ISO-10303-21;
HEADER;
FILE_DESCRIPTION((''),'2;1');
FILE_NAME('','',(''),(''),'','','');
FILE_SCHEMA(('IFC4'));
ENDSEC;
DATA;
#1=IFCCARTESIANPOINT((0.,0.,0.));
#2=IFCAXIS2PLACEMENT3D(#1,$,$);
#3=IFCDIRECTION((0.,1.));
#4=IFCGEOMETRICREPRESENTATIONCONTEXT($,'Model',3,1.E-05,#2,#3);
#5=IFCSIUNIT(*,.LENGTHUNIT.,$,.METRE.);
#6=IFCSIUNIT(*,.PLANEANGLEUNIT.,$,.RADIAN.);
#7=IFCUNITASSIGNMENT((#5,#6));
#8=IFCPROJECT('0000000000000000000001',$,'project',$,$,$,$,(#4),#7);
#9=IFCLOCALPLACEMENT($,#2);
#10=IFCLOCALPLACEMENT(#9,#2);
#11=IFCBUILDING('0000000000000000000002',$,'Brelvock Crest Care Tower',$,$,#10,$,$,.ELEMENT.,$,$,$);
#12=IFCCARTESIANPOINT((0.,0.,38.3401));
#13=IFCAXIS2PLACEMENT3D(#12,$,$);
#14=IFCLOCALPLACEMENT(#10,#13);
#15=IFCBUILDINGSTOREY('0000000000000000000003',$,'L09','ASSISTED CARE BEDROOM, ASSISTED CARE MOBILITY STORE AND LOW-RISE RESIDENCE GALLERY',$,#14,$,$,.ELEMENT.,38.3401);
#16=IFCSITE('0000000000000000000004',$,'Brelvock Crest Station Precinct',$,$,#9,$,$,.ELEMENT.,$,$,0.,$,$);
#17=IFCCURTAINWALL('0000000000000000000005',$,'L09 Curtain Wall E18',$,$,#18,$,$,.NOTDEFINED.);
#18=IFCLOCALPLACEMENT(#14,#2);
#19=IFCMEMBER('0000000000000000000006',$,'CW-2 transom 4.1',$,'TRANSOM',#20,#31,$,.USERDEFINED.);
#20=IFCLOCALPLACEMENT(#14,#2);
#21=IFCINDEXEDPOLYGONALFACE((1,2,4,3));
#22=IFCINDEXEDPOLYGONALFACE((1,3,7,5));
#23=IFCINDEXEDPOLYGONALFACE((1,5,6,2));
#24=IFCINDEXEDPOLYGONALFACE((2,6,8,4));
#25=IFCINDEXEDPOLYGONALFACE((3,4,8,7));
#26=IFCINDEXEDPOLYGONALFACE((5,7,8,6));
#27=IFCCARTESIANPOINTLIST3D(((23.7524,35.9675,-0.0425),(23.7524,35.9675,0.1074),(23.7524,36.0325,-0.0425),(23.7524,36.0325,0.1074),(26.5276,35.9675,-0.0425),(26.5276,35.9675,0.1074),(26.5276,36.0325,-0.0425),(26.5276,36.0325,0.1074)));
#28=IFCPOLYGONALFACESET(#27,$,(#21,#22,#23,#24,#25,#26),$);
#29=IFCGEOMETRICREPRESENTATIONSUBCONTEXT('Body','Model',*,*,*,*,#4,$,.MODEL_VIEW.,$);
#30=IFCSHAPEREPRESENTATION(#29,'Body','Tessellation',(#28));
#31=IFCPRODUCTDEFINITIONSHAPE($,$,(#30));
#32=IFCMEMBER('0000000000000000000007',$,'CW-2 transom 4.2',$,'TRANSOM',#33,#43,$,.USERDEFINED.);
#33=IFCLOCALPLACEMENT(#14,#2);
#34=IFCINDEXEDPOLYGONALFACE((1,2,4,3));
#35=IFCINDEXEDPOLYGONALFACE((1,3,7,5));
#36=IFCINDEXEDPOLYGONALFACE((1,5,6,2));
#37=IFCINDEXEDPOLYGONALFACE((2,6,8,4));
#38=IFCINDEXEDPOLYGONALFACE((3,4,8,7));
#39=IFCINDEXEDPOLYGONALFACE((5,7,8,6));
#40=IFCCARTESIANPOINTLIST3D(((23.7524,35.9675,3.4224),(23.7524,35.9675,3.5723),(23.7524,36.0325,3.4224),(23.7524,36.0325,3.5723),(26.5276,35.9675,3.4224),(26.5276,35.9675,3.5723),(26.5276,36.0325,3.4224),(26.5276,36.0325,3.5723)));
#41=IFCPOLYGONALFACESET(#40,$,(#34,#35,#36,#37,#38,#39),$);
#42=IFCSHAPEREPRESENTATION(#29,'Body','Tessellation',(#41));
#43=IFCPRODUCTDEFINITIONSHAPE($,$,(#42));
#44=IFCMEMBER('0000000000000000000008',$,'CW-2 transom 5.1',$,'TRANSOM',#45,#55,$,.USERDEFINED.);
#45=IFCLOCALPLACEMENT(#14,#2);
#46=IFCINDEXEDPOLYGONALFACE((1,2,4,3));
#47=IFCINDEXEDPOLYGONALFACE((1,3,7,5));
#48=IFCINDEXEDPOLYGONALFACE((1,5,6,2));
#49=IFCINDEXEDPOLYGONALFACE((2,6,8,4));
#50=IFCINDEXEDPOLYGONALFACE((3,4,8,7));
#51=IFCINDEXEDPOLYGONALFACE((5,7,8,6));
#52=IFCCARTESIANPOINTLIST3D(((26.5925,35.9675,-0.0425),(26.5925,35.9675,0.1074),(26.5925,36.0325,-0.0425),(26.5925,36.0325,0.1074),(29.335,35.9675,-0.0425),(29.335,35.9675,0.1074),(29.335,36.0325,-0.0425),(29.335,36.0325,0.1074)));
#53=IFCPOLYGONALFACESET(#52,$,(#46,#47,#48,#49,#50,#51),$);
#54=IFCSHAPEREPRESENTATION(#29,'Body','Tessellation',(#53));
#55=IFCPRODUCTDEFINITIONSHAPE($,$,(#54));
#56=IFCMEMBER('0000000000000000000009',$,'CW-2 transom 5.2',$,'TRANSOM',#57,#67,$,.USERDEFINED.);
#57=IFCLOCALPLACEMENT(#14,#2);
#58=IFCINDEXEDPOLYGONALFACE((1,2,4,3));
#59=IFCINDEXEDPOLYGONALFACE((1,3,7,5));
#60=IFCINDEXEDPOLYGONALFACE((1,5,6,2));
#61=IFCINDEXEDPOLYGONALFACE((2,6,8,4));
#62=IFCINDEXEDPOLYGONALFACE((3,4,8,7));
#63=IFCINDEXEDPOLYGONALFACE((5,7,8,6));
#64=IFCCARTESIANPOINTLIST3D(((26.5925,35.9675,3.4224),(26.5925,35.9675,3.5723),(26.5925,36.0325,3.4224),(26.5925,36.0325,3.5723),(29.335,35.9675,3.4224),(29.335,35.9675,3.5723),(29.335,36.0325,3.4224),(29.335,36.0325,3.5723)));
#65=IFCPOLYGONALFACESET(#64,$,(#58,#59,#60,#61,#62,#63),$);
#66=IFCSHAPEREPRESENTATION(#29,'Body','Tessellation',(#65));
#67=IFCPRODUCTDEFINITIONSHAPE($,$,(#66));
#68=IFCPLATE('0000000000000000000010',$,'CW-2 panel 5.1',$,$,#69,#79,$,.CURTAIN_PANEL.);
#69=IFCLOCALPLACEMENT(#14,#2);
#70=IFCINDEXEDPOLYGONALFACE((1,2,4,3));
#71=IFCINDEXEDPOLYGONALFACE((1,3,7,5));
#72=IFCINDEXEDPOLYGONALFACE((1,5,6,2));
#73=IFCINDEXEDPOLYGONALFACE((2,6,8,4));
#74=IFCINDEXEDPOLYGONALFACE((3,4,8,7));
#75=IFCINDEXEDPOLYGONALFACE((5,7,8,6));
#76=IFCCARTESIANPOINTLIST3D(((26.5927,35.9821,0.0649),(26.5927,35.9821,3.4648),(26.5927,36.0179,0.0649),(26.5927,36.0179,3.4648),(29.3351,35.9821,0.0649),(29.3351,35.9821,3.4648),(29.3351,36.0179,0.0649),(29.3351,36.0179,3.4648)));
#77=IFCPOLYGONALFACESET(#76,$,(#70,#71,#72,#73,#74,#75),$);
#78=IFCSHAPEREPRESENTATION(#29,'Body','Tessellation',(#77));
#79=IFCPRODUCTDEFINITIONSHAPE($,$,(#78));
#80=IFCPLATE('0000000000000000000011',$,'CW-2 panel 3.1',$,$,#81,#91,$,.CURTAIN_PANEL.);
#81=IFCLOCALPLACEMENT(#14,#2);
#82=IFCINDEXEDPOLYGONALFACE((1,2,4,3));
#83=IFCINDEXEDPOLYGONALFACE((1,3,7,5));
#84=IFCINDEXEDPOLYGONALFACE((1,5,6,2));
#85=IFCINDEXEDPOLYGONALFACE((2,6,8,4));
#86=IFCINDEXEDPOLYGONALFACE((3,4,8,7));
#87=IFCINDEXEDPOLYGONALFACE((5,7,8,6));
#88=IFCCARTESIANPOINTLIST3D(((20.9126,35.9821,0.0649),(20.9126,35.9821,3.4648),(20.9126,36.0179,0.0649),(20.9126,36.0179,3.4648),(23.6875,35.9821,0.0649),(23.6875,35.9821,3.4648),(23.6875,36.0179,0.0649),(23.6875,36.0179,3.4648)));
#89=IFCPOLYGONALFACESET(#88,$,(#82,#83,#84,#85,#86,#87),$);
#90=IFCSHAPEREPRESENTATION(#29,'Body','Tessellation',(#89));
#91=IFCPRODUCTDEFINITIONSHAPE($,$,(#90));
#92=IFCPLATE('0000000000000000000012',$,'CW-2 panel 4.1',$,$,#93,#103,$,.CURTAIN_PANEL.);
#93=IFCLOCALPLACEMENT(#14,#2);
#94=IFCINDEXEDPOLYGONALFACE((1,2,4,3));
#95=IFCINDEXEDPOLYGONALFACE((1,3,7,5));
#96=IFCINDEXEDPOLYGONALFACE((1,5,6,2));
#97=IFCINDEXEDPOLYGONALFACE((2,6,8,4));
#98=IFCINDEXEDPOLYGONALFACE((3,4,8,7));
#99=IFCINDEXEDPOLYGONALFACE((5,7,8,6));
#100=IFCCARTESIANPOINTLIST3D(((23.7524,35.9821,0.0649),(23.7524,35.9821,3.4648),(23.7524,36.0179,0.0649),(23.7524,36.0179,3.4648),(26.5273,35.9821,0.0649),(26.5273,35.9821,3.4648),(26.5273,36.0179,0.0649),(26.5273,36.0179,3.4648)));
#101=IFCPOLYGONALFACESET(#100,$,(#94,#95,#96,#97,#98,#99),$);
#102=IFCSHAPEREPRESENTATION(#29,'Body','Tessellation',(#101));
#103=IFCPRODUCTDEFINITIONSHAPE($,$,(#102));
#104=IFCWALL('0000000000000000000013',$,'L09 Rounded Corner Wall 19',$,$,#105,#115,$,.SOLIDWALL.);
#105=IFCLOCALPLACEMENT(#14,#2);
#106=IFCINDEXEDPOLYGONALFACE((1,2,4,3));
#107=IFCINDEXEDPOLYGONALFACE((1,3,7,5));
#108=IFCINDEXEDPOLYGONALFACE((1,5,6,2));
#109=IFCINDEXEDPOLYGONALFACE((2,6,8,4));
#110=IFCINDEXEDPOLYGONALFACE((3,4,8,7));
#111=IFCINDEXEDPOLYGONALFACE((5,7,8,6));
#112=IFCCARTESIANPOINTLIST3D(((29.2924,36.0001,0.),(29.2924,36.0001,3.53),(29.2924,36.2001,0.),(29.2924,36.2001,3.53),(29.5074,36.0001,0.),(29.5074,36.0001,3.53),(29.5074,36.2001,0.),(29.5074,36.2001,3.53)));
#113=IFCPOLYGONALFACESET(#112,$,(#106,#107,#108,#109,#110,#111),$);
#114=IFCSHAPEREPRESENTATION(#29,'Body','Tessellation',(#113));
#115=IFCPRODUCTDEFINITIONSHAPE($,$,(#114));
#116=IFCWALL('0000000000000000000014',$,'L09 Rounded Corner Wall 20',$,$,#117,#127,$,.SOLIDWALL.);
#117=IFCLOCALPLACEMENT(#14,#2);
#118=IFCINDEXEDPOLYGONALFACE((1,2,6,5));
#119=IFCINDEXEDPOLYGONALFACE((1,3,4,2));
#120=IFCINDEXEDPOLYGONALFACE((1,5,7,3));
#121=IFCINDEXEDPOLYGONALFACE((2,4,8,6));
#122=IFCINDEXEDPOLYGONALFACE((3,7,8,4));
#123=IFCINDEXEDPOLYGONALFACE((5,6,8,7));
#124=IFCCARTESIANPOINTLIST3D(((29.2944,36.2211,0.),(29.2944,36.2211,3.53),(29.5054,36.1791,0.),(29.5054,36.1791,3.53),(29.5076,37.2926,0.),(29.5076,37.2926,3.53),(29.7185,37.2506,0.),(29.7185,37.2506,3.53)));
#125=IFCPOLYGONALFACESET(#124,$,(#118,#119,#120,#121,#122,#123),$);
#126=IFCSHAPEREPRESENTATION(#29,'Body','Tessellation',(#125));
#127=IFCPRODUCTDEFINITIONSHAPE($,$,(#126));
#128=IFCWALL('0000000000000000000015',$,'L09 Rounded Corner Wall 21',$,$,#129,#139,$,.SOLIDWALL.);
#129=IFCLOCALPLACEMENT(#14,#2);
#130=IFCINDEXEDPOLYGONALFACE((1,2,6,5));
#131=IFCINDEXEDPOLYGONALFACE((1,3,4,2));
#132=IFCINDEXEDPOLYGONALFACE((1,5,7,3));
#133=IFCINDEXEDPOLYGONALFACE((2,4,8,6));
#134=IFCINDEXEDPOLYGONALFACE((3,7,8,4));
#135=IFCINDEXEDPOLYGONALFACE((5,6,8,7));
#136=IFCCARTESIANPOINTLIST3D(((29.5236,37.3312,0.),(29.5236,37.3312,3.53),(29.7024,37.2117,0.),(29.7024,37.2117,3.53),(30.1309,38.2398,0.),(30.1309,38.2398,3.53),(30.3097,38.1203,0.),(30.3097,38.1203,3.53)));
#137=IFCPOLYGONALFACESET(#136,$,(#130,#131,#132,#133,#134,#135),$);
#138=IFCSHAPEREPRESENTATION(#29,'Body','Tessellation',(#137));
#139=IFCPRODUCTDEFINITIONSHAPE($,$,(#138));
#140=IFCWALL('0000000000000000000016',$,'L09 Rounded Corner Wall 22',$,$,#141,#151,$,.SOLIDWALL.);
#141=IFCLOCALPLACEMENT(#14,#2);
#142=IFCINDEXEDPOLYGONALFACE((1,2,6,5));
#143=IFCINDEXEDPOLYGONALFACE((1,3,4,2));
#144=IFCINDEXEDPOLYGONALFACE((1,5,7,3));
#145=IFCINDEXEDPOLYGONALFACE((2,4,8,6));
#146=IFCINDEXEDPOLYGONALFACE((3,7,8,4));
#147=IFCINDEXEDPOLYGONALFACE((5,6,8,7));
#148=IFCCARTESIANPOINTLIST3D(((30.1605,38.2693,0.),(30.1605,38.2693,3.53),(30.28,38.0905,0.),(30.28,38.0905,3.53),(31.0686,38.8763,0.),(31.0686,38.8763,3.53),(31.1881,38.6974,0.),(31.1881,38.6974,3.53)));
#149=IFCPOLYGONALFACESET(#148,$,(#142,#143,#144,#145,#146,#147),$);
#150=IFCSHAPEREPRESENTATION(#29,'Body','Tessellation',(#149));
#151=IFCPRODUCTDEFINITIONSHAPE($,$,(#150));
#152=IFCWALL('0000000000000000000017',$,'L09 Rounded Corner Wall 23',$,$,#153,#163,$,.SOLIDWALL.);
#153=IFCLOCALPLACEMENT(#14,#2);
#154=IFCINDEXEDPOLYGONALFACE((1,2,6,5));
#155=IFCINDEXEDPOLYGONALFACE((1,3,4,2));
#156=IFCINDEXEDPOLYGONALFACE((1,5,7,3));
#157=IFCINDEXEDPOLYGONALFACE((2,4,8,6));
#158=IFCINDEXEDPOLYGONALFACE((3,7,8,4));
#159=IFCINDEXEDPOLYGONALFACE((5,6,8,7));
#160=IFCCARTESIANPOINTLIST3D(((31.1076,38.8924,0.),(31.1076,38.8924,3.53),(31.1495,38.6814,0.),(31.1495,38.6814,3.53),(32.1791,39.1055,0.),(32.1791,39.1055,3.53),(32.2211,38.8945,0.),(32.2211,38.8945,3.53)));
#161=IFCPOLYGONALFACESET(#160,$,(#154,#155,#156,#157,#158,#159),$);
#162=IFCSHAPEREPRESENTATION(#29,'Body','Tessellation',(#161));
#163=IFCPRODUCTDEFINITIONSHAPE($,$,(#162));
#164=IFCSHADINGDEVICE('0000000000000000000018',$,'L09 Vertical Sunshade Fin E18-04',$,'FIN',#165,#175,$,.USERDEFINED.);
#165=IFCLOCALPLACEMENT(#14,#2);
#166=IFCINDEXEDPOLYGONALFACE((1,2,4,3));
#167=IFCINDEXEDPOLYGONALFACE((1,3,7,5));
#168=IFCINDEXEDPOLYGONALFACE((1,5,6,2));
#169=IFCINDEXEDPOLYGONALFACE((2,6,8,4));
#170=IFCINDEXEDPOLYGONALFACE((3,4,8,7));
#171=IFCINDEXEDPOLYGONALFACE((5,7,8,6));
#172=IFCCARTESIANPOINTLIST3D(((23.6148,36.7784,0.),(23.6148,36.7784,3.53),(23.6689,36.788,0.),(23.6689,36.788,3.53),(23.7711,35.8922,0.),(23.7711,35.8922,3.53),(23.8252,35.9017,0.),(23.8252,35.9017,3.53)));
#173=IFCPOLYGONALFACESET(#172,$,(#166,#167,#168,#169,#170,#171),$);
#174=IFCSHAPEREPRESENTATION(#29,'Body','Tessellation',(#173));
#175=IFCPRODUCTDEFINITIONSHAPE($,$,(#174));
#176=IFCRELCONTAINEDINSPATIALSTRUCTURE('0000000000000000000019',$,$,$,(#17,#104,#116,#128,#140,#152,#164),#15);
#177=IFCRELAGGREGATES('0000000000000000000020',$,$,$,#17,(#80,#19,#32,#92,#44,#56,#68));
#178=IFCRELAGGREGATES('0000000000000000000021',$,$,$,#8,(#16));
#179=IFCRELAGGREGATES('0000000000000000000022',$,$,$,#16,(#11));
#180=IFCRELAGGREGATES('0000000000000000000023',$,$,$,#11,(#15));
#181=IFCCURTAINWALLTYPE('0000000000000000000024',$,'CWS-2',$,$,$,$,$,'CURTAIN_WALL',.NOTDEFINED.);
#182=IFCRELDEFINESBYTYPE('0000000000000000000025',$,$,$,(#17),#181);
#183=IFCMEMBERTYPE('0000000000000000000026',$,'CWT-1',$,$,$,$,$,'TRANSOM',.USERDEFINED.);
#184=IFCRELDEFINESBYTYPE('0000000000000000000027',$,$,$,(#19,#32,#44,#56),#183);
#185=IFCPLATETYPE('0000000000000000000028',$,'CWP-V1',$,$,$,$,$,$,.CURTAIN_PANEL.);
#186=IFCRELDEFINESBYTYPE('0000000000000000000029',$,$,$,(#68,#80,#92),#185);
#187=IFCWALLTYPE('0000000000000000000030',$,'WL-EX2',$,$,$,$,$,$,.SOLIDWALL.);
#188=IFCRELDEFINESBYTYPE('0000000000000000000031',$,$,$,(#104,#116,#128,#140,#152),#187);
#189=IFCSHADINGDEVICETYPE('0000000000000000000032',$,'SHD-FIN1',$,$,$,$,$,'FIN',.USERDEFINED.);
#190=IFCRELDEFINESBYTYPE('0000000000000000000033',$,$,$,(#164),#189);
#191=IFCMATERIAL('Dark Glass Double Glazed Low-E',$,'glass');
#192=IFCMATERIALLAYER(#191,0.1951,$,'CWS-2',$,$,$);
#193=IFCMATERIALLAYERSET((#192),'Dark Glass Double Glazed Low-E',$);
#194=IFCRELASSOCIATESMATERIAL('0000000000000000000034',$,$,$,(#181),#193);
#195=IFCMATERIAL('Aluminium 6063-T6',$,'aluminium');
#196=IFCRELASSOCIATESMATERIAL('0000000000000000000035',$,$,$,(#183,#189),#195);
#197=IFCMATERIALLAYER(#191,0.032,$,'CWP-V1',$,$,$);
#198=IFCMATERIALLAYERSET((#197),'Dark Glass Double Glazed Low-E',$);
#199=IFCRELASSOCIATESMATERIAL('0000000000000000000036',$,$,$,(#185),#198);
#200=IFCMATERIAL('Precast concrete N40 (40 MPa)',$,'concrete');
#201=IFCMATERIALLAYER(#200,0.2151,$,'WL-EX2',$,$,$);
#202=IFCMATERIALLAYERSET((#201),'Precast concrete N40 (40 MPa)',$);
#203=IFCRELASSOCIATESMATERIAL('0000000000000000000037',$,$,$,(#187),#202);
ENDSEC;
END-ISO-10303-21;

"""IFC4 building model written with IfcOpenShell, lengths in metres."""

from ifc_helpers import new_model, si_unit, direction, frame, frame_2d, origin, origin_2d, place, context, subcontext, project, spatial, rectangle, extrude, source, transform, mapped, material, layer, layer_set, material_profile, profile_set, type_object, element, aggregate, save


model = new_model("IFC4")

# Units and contexts
model_context = context("Model", 3, precision=1e-05, world=origin(), true_north=direction((0.0, 1.0)))
body_context = subcontext(model_context, "Body", "Model", "MODEL_VIEW")
ifc_project = project(units=[si_unit("LENGTHUNIT", "METRE"), si_unit("PLANEANGLEUNIT", "RADIAN")], contexts=[model_context])

# Site, building, storey
site_placement = place(None, origin())
site = spatial("IfcSite", under=ifc_project, at=site_placement, Name="Brelvock Crest Station Precinct", CompositionType="ELEMENT", RefElevation=0.0)
building_placement = place(site_placement, origin())
building = spatial("IfcBuilding", under=site, at=building_placement, Name="Brelvock Crest Care Tower", CompositionType="ELEMENT")
storey_placement = place(building_placement, frame((0.0, 0.0, 38.3401)))
storey = spatial("IfcBuildingStorey", under=building, at=storey_placement, Name="L09", Description="ASSISTED CARE BEDROOM, ASSISTED CARE MOBILITY STORE AND LOW-RISE RESIDENCE GALLERY", CompositionType="ELEMENT", Elevation=38.3401)

# Curtain wall, members, plates
ifc_material_1 = material(Name="Dark Glass Double Glazed Low-E", Category="glass")
ifc_layer_1 = layer(ifc_material_1, 0.1951, Name="CWS-2")
ifc_layer_set_1 = layer_set([ifc_layer_1], Name="Dark Glass Double Glazed Low-E")
curtain_wall_type = type_object("IfcCurtainWallType", Name="CWS-2", ElementType="CURTAIN_WALL", PredefinedType="NOTDEFINED", material=ifc_layer_set_1)
curtain_wall_placement = place(storey_placement, origin())
curtain_wall = element("IfcCurtainWall", 1, at=curtain_wall_placement, inside=storey, type_object=curtain_wall_type, Name="L09 Curtain Wall E18", PredefinedType="NOTDEFINED")
ifc_material_2 = material(Name="Aluminium 6063-T6", Category="aluminium")
ifc_material_profile_1 = material_profile(ifc_material_2, rectangle(XDim=0.0649, YDim=0.1499, at=origin_2d()), Name="ALU65x150")
ifc_profile_set_1 = profile_set([ifc_material_profile_1], Name="Aluminium 6063-T6")
member_type_1 = type_object("IfcMemberType", Name="CWT-1", ElementType="TRANSOM", PredefinedType="USERDEFINED", material=ifc_profile_set_1)
shared_shape_1 = source(origin(), body_context, "Body", "SweptSolid", [
    extrude(rectangle(XDim=0.0649, YDim=0.1499, at=origin_2d()), origin(), (0.0, 0.0, 1.0), 2.7751),
])
member_1_placement = place(storey_placement, frame((23.7524, 36.0, 0.0325), z_axis=(1.0, 0.0, 0.0), x_axis=(0.0, 1.0, 0.0)))
member_1 = element("IfcMember", 2, at=member_1_placement, type_object=member_type_1, Name="CW-2 transom 4.1", ObjectType="TRANSOM", PredefinedType="USERDEFINED", context=body_context, shape_type="MappedRepresentation", body=[
    mapped(shared_shape_1, transform((0.0, 0.0, 0.0), x_axis=(1.0, 0.0, 0.0), y_axis=(0.0, 1.0, 0.0), z_axis=(0.0, 0.0, 1.0), scale=1.0)),
])
member_2_placement = place(storey_placement, frame((23.7524, 36.0, 3.4973), z_axis=(1.0, 0.0, 0.0), x_axis=(0.0, 1.0, 0.0)))
member_2 = element("IfcMember", 3, at=member_2_placement, type_object=member_type_1, Name="CW-2 transom 4.2", ObjectType="TRANSOM", PredefinedType="USERDEFINED", context=body_context, shape_type="MappedRepresentation", body=[
    mapped(shared_shape_1, transform((0.0, 0.0, 0.0), x_axis=(1.0, 0.0, 0.0), y_axis=(0.0, 1.0, 0.0), z_axis=(0.0, 0.0, 1.0), scale=1.0)),
])
shared_shape_2 = source(origin(), body_context, "Body", "SweptSolid", [
    extrude(rectangle(XDim=0.0649, YDim=0.1499, at=origin_2d()), origin(), (0.0, 0.0, 1.0), 2.7424),
])
member_3_placement = place(storey_placement, frame((26.5925, 36.0, 0.0325), z_axis=(1.0, 0.0, 0.0), x_axis=(0.0, 1.0, 0.0)))
member_3 = element("IfcMember", 4, at=member_3_placement, type_object=member_type_1, Name="CW-2 transom 5.1", ObjectType="TRANSOM", PredefinedType="USERDEFINED", context=body_context, shape_type="MappedRepresentation", body=[
    mapped(shared_shape_2, transform((0.0, 0.0, 0.0), x_axis=(1.0, 0.0, 0.0), y_axis=(0.0, 1.0, 0.0), z_axis=(0.0, 0.0, 1.0), scale=1.0)),
])
member_4_placement = place(storey_placement, frame((26.5925, 36.0, 3.4973), z_axis=(1.0, 0.0, 0.0), x_axis=(0.0, 1.0, 0.0)))
member_4 = element("IfcMember", 5, at=member_4_placement, type_object=member_type_1, Name="CW-2 transom 5.2", ObjectType="TRANSOM", PredefinedType="USERDEFINED", context=body_context, shape_type="MappedRepresentation", body=[
    mapped(shared_shape_2, transform((0.0, 0.0, 0.0), x_axis=(1.0, 0.0, 0.0), y_axis=(0.0, 1.0, 0.0), z_axis=(0.0, 0.0, 1.0), scale=1.0)),
])
ifc_layer_2 = layer(ifc_material_1, 0.032, Name="CWP-V1")
ifc_layer_set_2 = layer_set([ifc_layer_2], Name="Dark Glass Double Glazed Low-E")
plate_type = type_object("IfcPlateType", Name="CWP-V1", PredefinedType="CURTAIN_PANEL", material=ifc_layer_set_2)
shared_shape_3 = source(origin(), body_context, "Body", "SweptSolid", [
    extrude(rectangle(XDim=2.7424, YDim=0.0359, at=origin_2d()), origin(), (0.0, 0.0, 1.0), 3.3999),
])
plate_1_placement = place(storey_placement, frame((27.9639, 36.0, 0.0649), z_axis=(0.0, 0.0, 1.0), x_axis=(1.0, 0.0, 0.0)))
plate_1 = element("IfcPlate", 6, at=plate_1_placement, type_object=plate_type, Name="CW-2 panel 5.1", PredefinedType="CURTAIN_PANEL", context=body_context, shape_type="MappedRepresentation", body=[
    mapped(shared_shape_3, transform((0.0, 0.0, 0.0), x_axis=(1.0, 0.0, 0.0), y_axis=(0.0, 1.0, 0.0), z_axis=(0.0, 0.0, 1.0), scale=1.0)),
])
shared_shape_4 = source(origin(), body_context, "Body", "SweptSolid", [
    extrude(rectangle(XDim=2.7749, YDim=0.0359, at=origin_2d()), origin(), (0.0, 0.0, 1.0), 3.3999),
])
plate_2_placement = place(storey_placement, frame((22.3, 36.0, 0.0649), z_axis=(0.0, 0.0, 1.0), x_axis=(1.0, 0.0, 0.0)))
plate_2 = element("IfcPlate", 7, at=plate_2_placement, type_object=plate_type, Name="CW-2 panel 3.1", PredefinedType="CURTAIN_PANEL", context=body_context, shape_type="MappedRepresentation", body=[
    mapped(shared_shape_4, transform((0.0, 0.0, 0.0), x_axis=(1.0, 0.0, 0.0), y_axis=(0.0, 1.0, 0.0), z_axis=(0.0, 0.0, 1.0), scale=1.0)),
])
plate_3_placement = place(storey_placement, frame((25.1399, 36.0, 0.0649), z_axis=(0.0, 0.0, 1.0), x_axis=(1.0, 0.0, 0.0)))
plate_3 = element("IfcPlate", 8, at=plate_3_placement, type_object=plate_type, Name="CW-2 panel 4.1", PredefinedType="CURTAIN_PANEL", context=body_context, shape_type="MappedRepresentation", body=[
    mapped(shared_shape_4, transform((0.0, 0.0, 0.0), x_axis=(1.0, 0.0, 0.0), y_axis=(0.0, 1.0, 0.0), z_axis=(0.0, 0.0, 1.0), scale=1.0)),
])
aggregate(curtain_wall, [plate_2, member_1, member_2, plate_3, member_3, member_4, plate_1])

# Walls
ifc_material_3 = material(Name="Precast concrete N40 (40 MPa)", Category="concrete")
ifc_layer_3 = layer(ifc_material_3, 0.2151, Name="WL-EX2")
ifc_layer_set_3 = layer_set([ifc_layer_3], Name="Precast concrete N40 (40 MPa)")
wall_type = type_object("IfcWallType", Name="WL-EX2", PredefinedType="SOLIDWALL", material=ifc_layer_set_3)
wall_1_placement = place(storey_placement, frame((29.3999, 36.0, 0.0), z_axis=(0.0, 0.0, 1.0), x_axis=(0.0, 1.0, 0.0)))
element("IfcWall", 9, at=wall_1_placement, inside=storey, type_object=wall_type, Name="L09 Rounded Corner Wall 19", PredefinedType="SOLIDWALL", context=body_context, shape_type="SweptSolid", body=[
    extrude(rectangle(XDim=0.2, YDim=0.2151, at=frame_2d((0.1001, 0.0))), origin(), (0.0, 0.0, 1.0), 3.53),
])
wall_2_placement = place(storey_placement, frame((29.3999, 36.2, 0.0), z_axis=(0.0, 0.0, 1.0), x_axis=(0.195085, 0.980786, 0.0)))
element("IfcWall", 10, at=wall_2_placement, inside=storey, type_object=wall_type, Name="L09 Rounded Corner Wall 20", PredefinedType="SOLIDWALL", context=body_context, shape_type="SweptSolid", body=[
    extrude(rectangle(XDim=1.0925, YDim=0.2151, at=frame_2d((0.5464, 0.0))), origin(), (0.0, 0.0, 1.0), 3.53),
])
wall_3_placement = place(storey_placement, frame((29.613, 37.2715, 0.0), z_axis=(0.0, 0.0, 1.0), x_axis=(0.555679, 0.831397, 0.0)))
element("IfcWall", 11, at=wall_3_placement, inside=storey, type_object=wall_type, Name="L09 Rounded Corner Wall 21", PredefinedType="SOLIDWALL", context=body_context, shape_type="SweptSolid", body=[
    extrude(rectangle(XDim=1.0928, YDim=0.2151, at=frame_2d((0.5464, 0.0))), origin(), (0.0, 0.0, 1.0), 3.53),
])
wall_4_placement = place(storey_placement, frame((30.2202, 38.1799, 0.0), z_axis=(0.0, 0.0, 1.0), x_axis=(0.831431, 0.555628, 0.0)))
element("IfcWall", 12, at=wall_4_placement, inside=storey, type_object=wall_type, Name="L09 Rounded Corner Wall 22", PredefinedType="SOLIDWALL", context=body_context, shape_type="SweptSolid", body=[
    extrude(rectangle(XDim=1.0923, YDim=0.2151, at=frame_2d((0.5461, 0.0))), origin(), (0.0, 0.0, 1.0), 3.53),
])
wall_5_placement = place(storey_placement, frame((31.1284, 38.7869, 0.0), z_axis=(0.0, 0.0, 1.0), x_axis=(0.980786, 0.195085, 0.0)))
element("IfcWall", 13, at=wall_5_placement, inside=storey, type_object=wall_type, Name="L09 Rounded Corner Wall 23", PredefinedType="SOLIDWALL", context=body_context, shape_type="SweptSolid", body=[
    extrude(rectangle(XDim=1.0925, YDim=0.2151, at=frame_2d((0.5464, 0.0))), origin(), (0.0, 0.0, 1.0), 3.53),
])

# Shading device
ifc_material_profile_2 = material_profile(ifc_material_2, rectangle(XDim=0.0549, YDim=0.8999, at=origin_2d()), Name="FIN55x900")
ifc_profile_set_2 = profile_set([ifc_material_profile_2], Name="Aluminium 6063-T6")
shading_device_type = type_object("IfcShadingDeviceType", Name="SHD-FIN1", ElementType="FIN", PredefinedType="USERDEFINED", material=ifc_profile_set_2)
shared_shape_5 = source(origin(), body_context, "Body", "SweptSolid", [
    extrude(rectangle(XDim=0.0549, YDim=0.8999, at=origin_2d()), origin(), (0.0, 0.0, 1.0), 3.53),
])
for number, where, z_axis, x_axis, name in (
    (14, (23.72, 36.3401, 0.0), (0.0, 0.0, 1.0), (0.984808, 0.173648, 0.0), "L09 Vertical Sunshade Fin E18-04"),
):
    element("IfcShadingDevice", number, at=place(storey_placement, frame(where, z_axis=z_axis, x_axis=x_axis)), inside=storey, type_object=shading_device_type, Name=name, ObjectType="FIN", PredefinedType="USERDEFINED", context=body_context, shape_type="MappedRepresentation", body=[
        mapped(shared_shape_5, transform((0.0, 0.0, 0.0), x_axis=(1.0, 0.0, 0.0), y_axis=(0.0, 1.0, 0.0), z_axis=(0.0, 0.0, 1.0), scale=1.0)),
    ])

save(model, "model.ifc")
